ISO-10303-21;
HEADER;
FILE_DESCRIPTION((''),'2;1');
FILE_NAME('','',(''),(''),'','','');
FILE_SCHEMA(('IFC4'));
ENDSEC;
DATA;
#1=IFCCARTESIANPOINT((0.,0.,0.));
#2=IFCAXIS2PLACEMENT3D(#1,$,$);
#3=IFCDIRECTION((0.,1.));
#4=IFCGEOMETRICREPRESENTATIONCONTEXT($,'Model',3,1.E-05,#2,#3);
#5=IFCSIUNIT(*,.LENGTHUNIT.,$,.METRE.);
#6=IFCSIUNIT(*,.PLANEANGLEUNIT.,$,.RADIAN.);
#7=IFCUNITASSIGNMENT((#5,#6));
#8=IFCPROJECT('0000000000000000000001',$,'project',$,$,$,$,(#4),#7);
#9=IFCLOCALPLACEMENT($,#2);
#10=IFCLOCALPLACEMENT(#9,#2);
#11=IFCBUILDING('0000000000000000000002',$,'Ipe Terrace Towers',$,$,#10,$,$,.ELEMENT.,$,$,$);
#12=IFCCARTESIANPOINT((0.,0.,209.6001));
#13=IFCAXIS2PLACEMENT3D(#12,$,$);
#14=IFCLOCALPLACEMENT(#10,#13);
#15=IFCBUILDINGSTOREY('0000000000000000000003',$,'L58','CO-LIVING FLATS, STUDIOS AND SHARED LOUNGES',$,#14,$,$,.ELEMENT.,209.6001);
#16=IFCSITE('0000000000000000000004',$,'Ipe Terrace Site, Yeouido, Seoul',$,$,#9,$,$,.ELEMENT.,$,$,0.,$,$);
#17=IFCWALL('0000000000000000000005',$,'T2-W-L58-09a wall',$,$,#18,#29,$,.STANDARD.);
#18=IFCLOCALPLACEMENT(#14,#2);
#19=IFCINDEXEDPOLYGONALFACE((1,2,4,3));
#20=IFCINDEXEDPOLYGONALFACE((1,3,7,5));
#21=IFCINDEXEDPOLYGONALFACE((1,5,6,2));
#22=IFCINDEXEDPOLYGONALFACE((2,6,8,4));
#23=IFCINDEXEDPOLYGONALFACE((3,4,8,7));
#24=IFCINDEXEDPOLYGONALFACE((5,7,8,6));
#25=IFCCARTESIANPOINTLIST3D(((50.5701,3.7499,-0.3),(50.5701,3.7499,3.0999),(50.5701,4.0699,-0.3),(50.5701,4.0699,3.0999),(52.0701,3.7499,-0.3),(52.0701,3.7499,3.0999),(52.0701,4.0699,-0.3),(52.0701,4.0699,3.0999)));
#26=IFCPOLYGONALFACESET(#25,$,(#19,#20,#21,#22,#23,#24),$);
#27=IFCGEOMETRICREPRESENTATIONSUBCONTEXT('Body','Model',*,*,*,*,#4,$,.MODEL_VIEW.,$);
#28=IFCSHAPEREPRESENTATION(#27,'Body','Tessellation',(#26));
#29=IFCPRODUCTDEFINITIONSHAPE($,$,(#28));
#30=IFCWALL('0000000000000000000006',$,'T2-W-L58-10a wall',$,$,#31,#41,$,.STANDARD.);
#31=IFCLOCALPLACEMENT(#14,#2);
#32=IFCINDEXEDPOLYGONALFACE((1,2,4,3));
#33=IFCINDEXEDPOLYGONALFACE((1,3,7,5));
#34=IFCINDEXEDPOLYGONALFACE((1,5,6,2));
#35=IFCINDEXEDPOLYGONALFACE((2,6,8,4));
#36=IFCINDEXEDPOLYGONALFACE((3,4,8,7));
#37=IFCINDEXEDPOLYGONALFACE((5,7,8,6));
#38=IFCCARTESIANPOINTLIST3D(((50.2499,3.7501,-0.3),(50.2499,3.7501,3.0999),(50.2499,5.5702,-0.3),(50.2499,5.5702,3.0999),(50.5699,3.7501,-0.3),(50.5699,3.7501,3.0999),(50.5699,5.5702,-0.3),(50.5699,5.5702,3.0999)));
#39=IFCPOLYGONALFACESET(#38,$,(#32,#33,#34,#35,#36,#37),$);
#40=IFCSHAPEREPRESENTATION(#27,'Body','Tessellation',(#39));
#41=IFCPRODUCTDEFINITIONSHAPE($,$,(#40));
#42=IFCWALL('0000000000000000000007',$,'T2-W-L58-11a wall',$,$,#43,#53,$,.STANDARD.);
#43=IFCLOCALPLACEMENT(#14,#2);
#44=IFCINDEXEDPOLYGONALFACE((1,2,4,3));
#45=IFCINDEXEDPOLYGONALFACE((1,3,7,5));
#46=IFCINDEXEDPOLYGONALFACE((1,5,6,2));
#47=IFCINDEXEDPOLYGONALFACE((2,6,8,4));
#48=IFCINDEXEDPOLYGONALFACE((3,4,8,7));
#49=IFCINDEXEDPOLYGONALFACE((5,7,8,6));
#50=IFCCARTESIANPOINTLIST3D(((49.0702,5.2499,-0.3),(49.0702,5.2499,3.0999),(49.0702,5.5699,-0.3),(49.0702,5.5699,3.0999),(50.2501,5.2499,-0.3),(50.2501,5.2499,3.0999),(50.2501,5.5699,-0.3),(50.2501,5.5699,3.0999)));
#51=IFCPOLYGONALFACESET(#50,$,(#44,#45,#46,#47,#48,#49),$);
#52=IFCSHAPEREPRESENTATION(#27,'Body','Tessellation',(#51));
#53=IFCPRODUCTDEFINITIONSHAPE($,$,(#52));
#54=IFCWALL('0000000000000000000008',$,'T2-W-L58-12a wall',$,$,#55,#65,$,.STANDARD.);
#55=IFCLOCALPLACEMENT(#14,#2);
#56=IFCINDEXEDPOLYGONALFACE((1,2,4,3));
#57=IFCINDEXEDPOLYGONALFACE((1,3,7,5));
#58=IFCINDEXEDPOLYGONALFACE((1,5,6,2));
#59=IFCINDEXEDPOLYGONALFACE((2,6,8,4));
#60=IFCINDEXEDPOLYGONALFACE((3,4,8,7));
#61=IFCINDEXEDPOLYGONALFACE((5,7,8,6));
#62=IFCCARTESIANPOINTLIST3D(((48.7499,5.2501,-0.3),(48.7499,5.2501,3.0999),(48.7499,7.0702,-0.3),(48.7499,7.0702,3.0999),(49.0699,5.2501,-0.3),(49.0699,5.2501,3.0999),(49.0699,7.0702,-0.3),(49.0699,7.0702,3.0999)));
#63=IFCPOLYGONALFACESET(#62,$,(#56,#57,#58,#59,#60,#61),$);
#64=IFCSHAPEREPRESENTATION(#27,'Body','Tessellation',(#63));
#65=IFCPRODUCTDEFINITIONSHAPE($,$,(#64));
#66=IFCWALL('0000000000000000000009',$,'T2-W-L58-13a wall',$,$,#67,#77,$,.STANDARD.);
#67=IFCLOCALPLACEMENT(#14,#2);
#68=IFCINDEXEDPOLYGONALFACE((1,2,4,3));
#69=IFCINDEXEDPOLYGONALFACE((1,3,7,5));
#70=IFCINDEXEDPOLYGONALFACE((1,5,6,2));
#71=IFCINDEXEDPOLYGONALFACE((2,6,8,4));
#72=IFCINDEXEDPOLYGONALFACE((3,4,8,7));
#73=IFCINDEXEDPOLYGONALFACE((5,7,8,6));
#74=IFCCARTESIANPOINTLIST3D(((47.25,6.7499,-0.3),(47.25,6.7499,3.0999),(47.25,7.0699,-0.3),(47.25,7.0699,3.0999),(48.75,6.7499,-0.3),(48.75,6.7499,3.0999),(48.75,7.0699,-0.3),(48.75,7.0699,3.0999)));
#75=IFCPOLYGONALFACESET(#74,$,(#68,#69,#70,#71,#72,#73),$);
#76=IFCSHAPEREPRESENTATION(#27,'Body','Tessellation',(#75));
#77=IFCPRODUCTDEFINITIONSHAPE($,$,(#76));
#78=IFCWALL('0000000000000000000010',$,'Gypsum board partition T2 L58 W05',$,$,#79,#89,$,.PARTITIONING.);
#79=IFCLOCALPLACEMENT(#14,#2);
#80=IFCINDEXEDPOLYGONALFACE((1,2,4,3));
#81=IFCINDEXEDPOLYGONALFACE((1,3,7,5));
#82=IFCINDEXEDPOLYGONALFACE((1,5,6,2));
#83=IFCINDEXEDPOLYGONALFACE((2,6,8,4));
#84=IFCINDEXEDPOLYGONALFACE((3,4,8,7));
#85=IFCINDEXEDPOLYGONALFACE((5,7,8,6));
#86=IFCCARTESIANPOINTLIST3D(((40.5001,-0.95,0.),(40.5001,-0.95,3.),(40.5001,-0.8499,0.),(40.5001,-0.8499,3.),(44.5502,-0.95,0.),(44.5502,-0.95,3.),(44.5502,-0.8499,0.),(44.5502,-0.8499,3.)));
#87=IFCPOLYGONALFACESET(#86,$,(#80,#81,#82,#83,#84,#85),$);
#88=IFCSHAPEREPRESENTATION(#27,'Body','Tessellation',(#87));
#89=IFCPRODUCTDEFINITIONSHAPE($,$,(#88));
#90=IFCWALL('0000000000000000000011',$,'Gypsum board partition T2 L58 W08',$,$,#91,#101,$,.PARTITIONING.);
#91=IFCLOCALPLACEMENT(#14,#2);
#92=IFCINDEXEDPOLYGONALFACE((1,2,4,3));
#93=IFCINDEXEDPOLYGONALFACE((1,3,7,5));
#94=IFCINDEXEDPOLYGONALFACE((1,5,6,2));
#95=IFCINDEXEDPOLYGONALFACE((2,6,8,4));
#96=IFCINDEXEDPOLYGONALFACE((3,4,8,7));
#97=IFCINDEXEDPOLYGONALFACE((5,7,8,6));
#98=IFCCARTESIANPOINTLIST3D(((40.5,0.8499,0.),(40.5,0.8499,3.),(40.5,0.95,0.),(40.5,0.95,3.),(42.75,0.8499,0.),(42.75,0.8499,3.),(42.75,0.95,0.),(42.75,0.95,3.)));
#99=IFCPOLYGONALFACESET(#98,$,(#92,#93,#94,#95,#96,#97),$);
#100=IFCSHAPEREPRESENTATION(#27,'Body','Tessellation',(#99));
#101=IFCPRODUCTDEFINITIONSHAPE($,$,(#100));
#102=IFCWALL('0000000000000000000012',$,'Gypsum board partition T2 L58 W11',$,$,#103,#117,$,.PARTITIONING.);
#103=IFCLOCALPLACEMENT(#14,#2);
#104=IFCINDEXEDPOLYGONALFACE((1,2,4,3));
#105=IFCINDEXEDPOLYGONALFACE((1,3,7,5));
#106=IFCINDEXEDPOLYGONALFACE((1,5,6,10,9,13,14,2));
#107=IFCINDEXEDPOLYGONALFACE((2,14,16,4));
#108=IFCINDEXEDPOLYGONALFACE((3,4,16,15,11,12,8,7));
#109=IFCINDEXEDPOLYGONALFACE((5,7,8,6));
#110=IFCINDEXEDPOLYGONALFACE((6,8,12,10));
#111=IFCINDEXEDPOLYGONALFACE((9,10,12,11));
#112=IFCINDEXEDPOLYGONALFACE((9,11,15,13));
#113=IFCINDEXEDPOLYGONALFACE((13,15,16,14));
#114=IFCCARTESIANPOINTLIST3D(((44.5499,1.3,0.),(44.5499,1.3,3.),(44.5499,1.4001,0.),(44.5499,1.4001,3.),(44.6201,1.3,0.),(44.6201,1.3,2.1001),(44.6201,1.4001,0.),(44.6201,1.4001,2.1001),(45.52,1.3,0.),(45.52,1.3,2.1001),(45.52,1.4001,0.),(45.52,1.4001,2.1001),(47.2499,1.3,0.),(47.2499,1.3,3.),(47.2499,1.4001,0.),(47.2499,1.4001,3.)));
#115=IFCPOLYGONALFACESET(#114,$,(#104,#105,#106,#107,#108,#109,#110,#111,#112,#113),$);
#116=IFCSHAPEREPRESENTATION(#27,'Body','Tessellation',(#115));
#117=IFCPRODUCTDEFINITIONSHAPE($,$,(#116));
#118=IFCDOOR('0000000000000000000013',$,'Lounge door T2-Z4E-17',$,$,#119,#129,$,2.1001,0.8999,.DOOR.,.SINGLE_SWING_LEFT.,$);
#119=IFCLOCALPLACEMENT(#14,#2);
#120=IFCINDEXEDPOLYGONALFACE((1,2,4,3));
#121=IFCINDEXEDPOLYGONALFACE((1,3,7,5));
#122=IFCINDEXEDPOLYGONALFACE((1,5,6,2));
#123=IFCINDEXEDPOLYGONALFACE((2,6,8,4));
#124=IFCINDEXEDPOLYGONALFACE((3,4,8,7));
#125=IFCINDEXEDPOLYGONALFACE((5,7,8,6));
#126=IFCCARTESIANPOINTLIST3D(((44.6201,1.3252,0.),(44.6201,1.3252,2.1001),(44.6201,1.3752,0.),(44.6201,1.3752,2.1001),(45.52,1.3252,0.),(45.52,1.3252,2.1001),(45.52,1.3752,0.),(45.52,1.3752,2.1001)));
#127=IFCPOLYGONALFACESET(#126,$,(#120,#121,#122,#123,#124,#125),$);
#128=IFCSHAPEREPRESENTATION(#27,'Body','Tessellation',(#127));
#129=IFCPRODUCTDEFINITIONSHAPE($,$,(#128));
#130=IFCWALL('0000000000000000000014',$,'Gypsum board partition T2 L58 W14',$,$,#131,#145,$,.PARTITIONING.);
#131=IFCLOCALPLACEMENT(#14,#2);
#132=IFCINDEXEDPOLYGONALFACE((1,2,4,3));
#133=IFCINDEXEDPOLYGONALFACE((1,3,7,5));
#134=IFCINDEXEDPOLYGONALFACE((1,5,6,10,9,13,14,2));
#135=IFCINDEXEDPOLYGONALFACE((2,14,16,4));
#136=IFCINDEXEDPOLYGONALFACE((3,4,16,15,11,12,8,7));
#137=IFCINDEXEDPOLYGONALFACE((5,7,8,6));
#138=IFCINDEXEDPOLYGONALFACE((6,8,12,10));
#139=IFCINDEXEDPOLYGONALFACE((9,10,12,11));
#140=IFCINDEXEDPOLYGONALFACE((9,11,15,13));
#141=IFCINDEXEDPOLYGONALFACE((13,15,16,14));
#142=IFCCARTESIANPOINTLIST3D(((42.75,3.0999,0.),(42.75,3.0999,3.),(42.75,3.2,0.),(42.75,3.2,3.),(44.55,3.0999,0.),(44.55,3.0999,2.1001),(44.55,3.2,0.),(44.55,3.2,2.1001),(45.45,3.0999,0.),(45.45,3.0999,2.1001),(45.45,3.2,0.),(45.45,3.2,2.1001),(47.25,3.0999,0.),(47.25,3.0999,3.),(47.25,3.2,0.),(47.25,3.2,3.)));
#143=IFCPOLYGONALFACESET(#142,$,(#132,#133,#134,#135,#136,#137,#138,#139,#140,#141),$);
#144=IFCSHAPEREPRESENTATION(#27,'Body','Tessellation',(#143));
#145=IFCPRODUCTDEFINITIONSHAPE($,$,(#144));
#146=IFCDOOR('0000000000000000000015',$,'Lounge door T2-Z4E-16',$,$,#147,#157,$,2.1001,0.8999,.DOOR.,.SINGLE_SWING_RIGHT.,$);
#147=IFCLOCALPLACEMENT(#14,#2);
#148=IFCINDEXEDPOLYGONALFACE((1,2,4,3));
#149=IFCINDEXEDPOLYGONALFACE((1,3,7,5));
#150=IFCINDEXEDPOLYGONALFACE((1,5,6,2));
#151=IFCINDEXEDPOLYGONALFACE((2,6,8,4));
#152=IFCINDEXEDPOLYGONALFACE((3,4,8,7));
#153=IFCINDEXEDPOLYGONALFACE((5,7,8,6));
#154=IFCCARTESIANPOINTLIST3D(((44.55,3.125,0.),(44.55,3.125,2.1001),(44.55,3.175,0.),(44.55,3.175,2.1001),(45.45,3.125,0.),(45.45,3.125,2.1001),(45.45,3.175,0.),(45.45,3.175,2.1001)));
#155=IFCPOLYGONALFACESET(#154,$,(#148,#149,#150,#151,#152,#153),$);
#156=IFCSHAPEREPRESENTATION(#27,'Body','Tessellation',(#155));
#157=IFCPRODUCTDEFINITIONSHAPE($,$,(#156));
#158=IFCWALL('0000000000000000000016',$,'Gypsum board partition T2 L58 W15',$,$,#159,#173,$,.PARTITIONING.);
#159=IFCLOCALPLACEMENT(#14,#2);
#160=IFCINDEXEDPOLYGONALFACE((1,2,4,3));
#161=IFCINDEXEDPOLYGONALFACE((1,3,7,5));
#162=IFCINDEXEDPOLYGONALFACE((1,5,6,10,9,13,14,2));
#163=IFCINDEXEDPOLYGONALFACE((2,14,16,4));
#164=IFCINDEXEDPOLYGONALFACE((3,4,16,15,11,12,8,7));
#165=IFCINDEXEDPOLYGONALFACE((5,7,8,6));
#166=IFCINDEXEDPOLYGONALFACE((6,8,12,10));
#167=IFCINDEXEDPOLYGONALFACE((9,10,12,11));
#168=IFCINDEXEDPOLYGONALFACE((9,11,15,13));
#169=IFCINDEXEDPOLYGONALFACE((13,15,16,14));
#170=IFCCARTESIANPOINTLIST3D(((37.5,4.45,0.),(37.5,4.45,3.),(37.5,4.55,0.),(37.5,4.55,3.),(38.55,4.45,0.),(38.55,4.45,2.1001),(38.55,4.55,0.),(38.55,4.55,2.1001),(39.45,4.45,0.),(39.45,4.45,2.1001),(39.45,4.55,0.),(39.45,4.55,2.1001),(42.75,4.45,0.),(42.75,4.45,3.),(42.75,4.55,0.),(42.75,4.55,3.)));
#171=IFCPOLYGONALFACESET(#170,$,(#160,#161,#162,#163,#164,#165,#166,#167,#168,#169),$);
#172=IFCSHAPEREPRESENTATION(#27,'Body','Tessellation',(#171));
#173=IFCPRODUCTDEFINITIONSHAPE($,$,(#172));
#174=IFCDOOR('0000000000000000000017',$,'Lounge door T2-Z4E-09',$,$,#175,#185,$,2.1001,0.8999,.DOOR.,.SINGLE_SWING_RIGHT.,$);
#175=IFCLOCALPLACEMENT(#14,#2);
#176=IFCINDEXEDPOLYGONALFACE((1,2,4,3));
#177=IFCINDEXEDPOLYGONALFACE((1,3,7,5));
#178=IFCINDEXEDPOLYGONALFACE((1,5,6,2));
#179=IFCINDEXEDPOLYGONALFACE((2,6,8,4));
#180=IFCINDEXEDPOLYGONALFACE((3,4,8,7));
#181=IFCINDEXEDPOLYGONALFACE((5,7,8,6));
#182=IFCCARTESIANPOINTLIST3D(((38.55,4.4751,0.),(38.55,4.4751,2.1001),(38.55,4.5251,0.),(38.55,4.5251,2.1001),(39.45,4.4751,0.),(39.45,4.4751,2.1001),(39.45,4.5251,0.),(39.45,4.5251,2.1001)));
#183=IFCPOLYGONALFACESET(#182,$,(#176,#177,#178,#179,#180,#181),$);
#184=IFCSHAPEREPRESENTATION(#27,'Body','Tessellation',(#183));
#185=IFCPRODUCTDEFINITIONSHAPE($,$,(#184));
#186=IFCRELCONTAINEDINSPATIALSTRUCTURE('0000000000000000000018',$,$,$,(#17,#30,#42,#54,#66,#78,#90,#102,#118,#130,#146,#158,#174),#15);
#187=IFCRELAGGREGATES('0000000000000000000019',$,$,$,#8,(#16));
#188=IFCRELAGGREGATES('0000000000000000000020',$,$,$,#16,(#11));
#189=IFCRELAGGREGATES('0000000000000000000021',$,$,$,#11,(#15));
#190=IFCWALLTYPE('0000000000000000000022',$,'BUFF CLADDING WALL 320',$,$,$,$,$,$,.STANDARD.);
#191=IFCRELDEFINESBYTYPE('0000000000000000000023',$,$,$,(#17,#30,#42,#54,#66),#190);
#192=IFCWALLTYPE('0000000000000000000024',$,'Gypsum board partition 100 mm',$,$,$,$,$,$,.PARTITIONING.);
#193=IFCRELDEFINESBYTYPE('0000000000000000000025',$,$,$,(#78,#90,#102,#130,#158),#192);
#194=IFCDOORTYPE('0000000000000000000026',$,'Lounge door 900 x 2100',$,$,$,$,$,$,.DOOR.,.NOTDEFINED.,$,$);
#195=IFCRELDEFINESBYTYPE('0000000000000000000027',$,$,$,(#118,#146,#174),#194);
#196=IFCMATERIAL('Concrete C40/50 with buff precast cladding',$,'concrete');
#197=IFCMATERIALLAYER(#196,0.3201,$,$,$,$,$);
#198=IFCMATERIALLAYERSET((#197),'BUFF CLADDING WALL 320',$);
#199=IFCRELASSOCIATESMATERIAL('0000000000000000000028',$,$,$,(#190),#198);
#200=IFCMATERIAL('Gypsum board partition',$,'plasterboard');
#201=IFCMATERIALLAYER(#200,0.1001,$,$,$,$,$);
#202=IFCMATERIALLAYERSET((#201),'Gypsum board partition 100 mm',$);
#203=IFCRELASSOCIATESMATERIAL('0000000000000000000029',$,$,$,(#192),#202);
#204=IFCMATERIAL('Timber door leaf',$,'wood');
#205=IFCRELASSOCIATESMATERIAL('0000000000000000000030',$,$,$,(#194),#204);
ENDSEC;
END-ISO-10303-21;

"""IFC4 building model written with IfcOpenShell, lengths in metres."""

from ifc_helpers import new_model, si_unit, direction, frame, frame_2d, origin, place, context, subcontext, project, spatial, rectangle, extrude, material, layer, layer_set, type_object, element, fill, save


model = new_model("IFC4")

# Units and contexts
model_context = context("Model", 3, precision=1e-05, world=origin(), true_north=direction((0.0, 1.0)))
body_context = subcontext(model_context, "Body", "Model", "MODEL_VIEW")
ifc_project = project(units=[si_unit("LENGTHUNIT", "METRE"), si_unit("PLANEANGLEUNIT", "RADIAN")], contexts=[model_context])

# Site, building, storey
site_placement = place(None, origin())
site = spatial("IfcSite", under=ifc_project, at=site_placement, Name="Ipe Terrace Site, Yeouido, Seoul", CompositionType="ELEMENT", RefElevation=0.0)
building_placement = place(site_placement, origin())
building = spatial("IfcBuilding", under=site, at=building_placement, Name="Ipe Terrace Towers", CompositionType="ELEMENT")
storey_placement = place(building_placement, frame((0.0, 0.0, 209.6001)))
storey = spatial("IfcBuildingStorey", under=building, at=storey_placement, Name="L58", Description="CO-LIVING FLATS, STUDIOS AND SHARED LOUNGES", CompositionType="ELEMENT", Elevation=209.6001)

# Walls
ifc_material_1 = material(Name="Concrete C40/50 with buff precast cladding", Category="concrete")
ifc_layer_1 = layer(ifc_material_1, 0.3201)
ifc_layer_set_1 = layer_set([ifc_layer_1], Name="BUFF CLADDING WALL 320")
wall_type_1 = type_object("IfcWallType", Name="BUFF CLADDING WALL 320", PredefinedType="STANDARD", material=ifc_layer_set_1)
wall_1_placement = place(storey_placement, frame((52.0701, 3.9099, -0.3), z_axis=(0.0, 0.0, 1.0), x_axis=(-1.0, 0.0, 0.0)))
element("IfcWall", 1, at=wall_1_placement, inside=storey, type_object=wall_type_1, Name="T2-W-L58-09a wall", PredefinedType="STANDARD", context=body_context, shape_type="SweptSolid", body=[
    extrude(rectangle(XDim=1.5, YDim=0.3201, at=frame_2d((0.75, 0.0))), origin(), (0.0, 0.0, 1.0), 3.3999),
])
wall_2_placement = place(storey_placement, frame((50.4099, 3.75, -0.3), z_axis=(0.0, 0.0, 1.0), x_axis=(0.0, 1.0, 0.0)))
element("IfcWall", 2, at=wall_2_placement, inside=storey, type_object=wall_type_1, Name="T2-W-L58-10a wall", PredefinedType="STANDARD", context=body_context, shape_type="SweptSolid", body=[
    extrude(rectangle(XDim=1.8201, YDim=0.3201, at=frame_2d((0.9102, 0.0))), origin(), (0.0, 0.0, 1.0), 3.3999),
])
wall_3_placement = place(storey_placement, frame((50.25, 5.4099, -0.3), z_axis=(0.0, 0.0, 1.0), x_axis=(-1.0, 0.0, 0.0)))
element("IfcWall", 3, at=wall_3_placement, inside=storey, type_object=wall_type_1, Name="T2-W-L58-11a wall", PredefinedType="STANDARD", context=body_context, shape_type="SweptSolid", body=[
    extrude(rectangle(XDim=1.1799, YDim=0.3201, at=frame_2d((0.5898, 0.0))), origin(), (0.0, 0.0, 1.0), 3.3999),
])
wall_4_placement = place(storey_placement, frame((48.9099, 5.25, -0.3), z_axis=(0.0, 0.0, 1.0), x_axis=(0.0, 1.0, 0.0)))
element("IfcWall", 4, at=wall_4_placement, inside=storey, type_object=wall_type_1, Name="T2-W-L58-12a wall", PredefinedType="STANDARD", context=body_context, shape_type="SweptSolid", body=[
    extrude(rectangle(XDim=1.8201, YDim=0.3201, at=frame_2d((0.9102, 0.0))), origin(), (0.0, 0.0, 1.0), 3.3999),
])
wall_5_placement = place(storey_placement, frame((48.75, 6.9099, -0.3), z_axis=(0.0, 0.0, 1.0), x_axis=(-1.0, 0.0, 0.0)))
element("IfcWall", 5, at=wall_5_placement, inside=storey, type_object=wall_type_1, Name="T2-W-L58-13a wall", PredefinedType="STANDARD", context=body_context, shape_type="SweptSolid", body=[
    extrude(rectangle(XDim=1.5, YDim=0.3201, at=frame_2d((0.75, 0.0))), origin(), (0.0, 0.0, 1.0), 3.3999),
])
ifc_material_2 = material(Name="Gypsum board partition", Category="plasterboard")
ifc_layer_2 = layer(ifc_material_2, 0.1001)
ifc_layer_set_2 = layer_set([ifc_layer_2], Name="Gypsum board partition 100 mm")
wall_type_2 = type_object("IfcWallType", Name="Gypsum board partition 100 mm", PredefinedType="PARTITIONING", material=ifc_layer_set_2)
wall_6_placement = place(storey_placement, frame((44.55, -0.8999, 0.0), z_axis=(0.0, 0.0, 1.0), x_axis=(-1.0, 0.0, 0.0)))
element("IfcWall", 6, at=wall_6_placement, inside=storey, type_object=wall_type_2, Name="Gypsum board partition T2 L58 W05", PredefinedType="PARTITIONING", context=body_context, shape_type="SweptSolid", body=[
    extrude(rectangle(XDim=4.05, YDim=0.1001, at=frame_2d((2.0249, 0.0))), origin(), (0.0, 0.0, 1.0), 3.0),
])
wall_7_placement = place(storey_placement, frame((42.75, 0.8999, 0.0), z_axis=(0.0, 0.0, 1.0), x_axis=(-1.0, 0.0, 0.0)))
element("IfcWall", 7, at=wall_7_placement, inside=storey, type_object=wall_type_2, Name="Gypsum board partition T2 L58 W08", PredefinedType="PARTITIONING", context=body_context, shape_type="SweptSolid", body=[
    extrude(rectangle(XDim=2.25, YDim=0.1001, at=frame_2d((1.125, 0.0))), origin(), (0.0, 0.0, 1.0), 3.0),
])

# Walls, openings, doors
wall_8_placement = place(storey_placement, frame((47.25, 1.3501, 0.0), z_axis=(0.0, 0.0, 1.0), x_axis=(-1.0, 0.0, 0.0)))
wall_8 = element("IfcWall", 8, at=wall_8_placement, inside=storey, type_object=wall_type_2, Name="Gypsum board partition T2 L58 W11", PredefinedType="PARTITIONING", context=body_context, shape_type="SweptSolid", body=[
    extrude(rectangle(XDim=2.7, YDim=0.1001, at=frame_2d((1.3501, 0.0))), origin(), (0.0, 0.0, 1.0), 3.0),
])
opening_1_placement = place(wall_8_placement, frame((1.73, 0.0, 0.0)))
opening_1 = element("IfcOpeningElement", 9, at=opening_1_placement, cuts=wall_8, PredefinedType="OPENING", context=body_context, shape_type="SweptSolid", body=[
    extrude(rectangle(XDim=0.8999, YDim=2.1001, at=frame_2d((0.45, 1.05))), frame((0.0, 0.0601, 0.0), z_axis=(0.0, -1.0, 0.0), x_axis=(1.0, 0.0, 0.0)), (0.0, 0.0, 1.0), 0.1201),
])
ifc_material_3 = material(Name="Timber door leaf", Category="wood")
door_type = type_object("IfcDoorType", Name="Lounge door 900 x 2100", OperationType="NOTDEFINED", PredefinedType="DOOR", material=ifc_material_3)
door_1_placement = place(opening_1_placement, origin())
door_1 = element("IfcDoor", 10, at=door_1_placement, inside=storey, type_object=door_type, Name="Lounge door T2-Z4E-17", OperationType="SINGLE_SWING_LEFT", OverallHeight=2.1001, OverallWidth=0.8999, PredefinedType="DOOR", context=body_context, shape_type="SweptSolid", body=[
    extrude(rectangle(XDim=0.8999, YDim=2.1001, at=frame_2d((0.45, 1.05))), frame((0.0, 0.0249, 0.0), z_axis=(0.0, -1.0, 0.0), x_axis=(1.0, 0.0, 0.0)), (0.0, 0.0, 1.0), 0.05),
])
fill(opening_1, door_1)
wall_9_placement = place(storey_placement, frame((47.25, 3.1499, 0.0), z_axis=(0.0, 0.0, 1.0), x_axis=(-1.0, 0.0, 0.0)))
wall_9 = element("IfcWall", 11, at=wall_9_placement, inside=storey, type_object=wall_type_2, Name="Gypsum board partition T2 L58 W14", PredefinedType="PARTITIONING", context=body_context, shape_type="SweptSolid", body=[
    extrude(rectangle(XDim=4.5, YDim=0.1001, at=frame_2d((2.25, 0.0))), origin(), (0.0, 0.0, 1.0), 3.0),
])
opening_2_placement = place(wall_9_placement, frame((1.8, 0.0, 0.0)))
opening_2 = element("IfcOpeningElement", 12, at=opening_2_placement, cuts=wall_9, PredefinedType="OPENING", context=body_context, shape_type="SweptSolid", body=[
    extrude(rectangle(XDim=0.8999, YDim=2.1001, at=frame_2d((0.45, 1.05))), frame((0.0, 0.0601, 0.0), z_axis=(0.0, -1.0, 0.0), x_axis=(1.0, 0.0, 0.0)), (0.0, 0.0, 1.0), 0.1201),
])
door_2_placement = place(opening_2_placement, origin())
door_2 = element("IfcDoor", 13, at=door_2_placement, inside=storey, type_object=door_type, Name="Lounge door T2-Z4E-16", OperationType="SINGLE_SWING_RIGHT", OverallHeight=2.1001, OverallWidth=0.8999, PredefinedType="DOOR", context=body_context, shape_type="SweptSolid", body=[
    extrude(rectangle(XDim=0.8999, YDim=2.1001, at=frame_2d((0.45, 1.05))), frame((0.0, 0.0249, 0.0), z_axis=(0.0, -1.0, 0.0), x_axis=(1.0, 0.0, 0.0)), (0.0, 0.0, 1.0), 0.05),
])
fill(opening_2, door_2)
wall_10_placement = place(storey_placement, frame((42.75, 4.5, 0.0), z_axis=(0.0, 0.0, 1.0), x_axis=(-1.0, 0.0, 0.0)))
wall_10 = element("IfcWall", 14, at=wall_10_placement, inside=storey, type_object=wall_type_2, Name="Gypsum board partition T2 L58 W15", PredefinedType="PARTITIONING", context=body_context, shape_type="SweptSolid", body=[
    extrude(rectangle(XDim=5.25, YDim=0.1001, at=frame_2d((2.625, 0.0))), origin(), (0.0, 0.0, 1.0), 3.0),
])
opening_3_placement = place(wall_10_placement, frame((3.3, 0.0, 0.0)))
opening_3 = element("IfcOpeningElement", 15, at=opening_3_placement, cuts=wall_10, PredefinedType="OPENING", context=body_context, shape_type="SweptSolid", body=[
    extrude(rectangle(XDim=0.8999, YDim=2.1001, at=frame_2d((0.45, 1.05))), frame((0.0, 0.0601, 0.0), z_axis=(0.0, -1.0, 0.0), x_axis=(1.0, 0.0, 0.0)), (0.0, 0.0, 1.0), 0.1201),
])
door_3_placement = place(opening_3_placement, origin())
door_3 = element("IfcDoor", 16, at=door_3_placement, inside=storey, type_object=door_type, Name="Lounge door T2-Z4E-09", OperationType="SINGLE_SWING_RIGHT", OverallHeight=2.1001, OverallWidth=0.8999, PredefinedType="DOOR", context=body_context, shape_type="SweptSolid", body=[
    extrude(rectangle(XDim=0.8999, YDim=2.1001, at=frame_2d((0.45, 1.05))), frame((0.0, 0.0249, 0.0), z_axis=(0.0, -1.0, 0.0), x_axis=(1.0, 0.0, 0.0)), (0.0, 0.0, 1.0), 0.05),
])
fill(opening_3, door_3)

save(model, "model.ifc")
